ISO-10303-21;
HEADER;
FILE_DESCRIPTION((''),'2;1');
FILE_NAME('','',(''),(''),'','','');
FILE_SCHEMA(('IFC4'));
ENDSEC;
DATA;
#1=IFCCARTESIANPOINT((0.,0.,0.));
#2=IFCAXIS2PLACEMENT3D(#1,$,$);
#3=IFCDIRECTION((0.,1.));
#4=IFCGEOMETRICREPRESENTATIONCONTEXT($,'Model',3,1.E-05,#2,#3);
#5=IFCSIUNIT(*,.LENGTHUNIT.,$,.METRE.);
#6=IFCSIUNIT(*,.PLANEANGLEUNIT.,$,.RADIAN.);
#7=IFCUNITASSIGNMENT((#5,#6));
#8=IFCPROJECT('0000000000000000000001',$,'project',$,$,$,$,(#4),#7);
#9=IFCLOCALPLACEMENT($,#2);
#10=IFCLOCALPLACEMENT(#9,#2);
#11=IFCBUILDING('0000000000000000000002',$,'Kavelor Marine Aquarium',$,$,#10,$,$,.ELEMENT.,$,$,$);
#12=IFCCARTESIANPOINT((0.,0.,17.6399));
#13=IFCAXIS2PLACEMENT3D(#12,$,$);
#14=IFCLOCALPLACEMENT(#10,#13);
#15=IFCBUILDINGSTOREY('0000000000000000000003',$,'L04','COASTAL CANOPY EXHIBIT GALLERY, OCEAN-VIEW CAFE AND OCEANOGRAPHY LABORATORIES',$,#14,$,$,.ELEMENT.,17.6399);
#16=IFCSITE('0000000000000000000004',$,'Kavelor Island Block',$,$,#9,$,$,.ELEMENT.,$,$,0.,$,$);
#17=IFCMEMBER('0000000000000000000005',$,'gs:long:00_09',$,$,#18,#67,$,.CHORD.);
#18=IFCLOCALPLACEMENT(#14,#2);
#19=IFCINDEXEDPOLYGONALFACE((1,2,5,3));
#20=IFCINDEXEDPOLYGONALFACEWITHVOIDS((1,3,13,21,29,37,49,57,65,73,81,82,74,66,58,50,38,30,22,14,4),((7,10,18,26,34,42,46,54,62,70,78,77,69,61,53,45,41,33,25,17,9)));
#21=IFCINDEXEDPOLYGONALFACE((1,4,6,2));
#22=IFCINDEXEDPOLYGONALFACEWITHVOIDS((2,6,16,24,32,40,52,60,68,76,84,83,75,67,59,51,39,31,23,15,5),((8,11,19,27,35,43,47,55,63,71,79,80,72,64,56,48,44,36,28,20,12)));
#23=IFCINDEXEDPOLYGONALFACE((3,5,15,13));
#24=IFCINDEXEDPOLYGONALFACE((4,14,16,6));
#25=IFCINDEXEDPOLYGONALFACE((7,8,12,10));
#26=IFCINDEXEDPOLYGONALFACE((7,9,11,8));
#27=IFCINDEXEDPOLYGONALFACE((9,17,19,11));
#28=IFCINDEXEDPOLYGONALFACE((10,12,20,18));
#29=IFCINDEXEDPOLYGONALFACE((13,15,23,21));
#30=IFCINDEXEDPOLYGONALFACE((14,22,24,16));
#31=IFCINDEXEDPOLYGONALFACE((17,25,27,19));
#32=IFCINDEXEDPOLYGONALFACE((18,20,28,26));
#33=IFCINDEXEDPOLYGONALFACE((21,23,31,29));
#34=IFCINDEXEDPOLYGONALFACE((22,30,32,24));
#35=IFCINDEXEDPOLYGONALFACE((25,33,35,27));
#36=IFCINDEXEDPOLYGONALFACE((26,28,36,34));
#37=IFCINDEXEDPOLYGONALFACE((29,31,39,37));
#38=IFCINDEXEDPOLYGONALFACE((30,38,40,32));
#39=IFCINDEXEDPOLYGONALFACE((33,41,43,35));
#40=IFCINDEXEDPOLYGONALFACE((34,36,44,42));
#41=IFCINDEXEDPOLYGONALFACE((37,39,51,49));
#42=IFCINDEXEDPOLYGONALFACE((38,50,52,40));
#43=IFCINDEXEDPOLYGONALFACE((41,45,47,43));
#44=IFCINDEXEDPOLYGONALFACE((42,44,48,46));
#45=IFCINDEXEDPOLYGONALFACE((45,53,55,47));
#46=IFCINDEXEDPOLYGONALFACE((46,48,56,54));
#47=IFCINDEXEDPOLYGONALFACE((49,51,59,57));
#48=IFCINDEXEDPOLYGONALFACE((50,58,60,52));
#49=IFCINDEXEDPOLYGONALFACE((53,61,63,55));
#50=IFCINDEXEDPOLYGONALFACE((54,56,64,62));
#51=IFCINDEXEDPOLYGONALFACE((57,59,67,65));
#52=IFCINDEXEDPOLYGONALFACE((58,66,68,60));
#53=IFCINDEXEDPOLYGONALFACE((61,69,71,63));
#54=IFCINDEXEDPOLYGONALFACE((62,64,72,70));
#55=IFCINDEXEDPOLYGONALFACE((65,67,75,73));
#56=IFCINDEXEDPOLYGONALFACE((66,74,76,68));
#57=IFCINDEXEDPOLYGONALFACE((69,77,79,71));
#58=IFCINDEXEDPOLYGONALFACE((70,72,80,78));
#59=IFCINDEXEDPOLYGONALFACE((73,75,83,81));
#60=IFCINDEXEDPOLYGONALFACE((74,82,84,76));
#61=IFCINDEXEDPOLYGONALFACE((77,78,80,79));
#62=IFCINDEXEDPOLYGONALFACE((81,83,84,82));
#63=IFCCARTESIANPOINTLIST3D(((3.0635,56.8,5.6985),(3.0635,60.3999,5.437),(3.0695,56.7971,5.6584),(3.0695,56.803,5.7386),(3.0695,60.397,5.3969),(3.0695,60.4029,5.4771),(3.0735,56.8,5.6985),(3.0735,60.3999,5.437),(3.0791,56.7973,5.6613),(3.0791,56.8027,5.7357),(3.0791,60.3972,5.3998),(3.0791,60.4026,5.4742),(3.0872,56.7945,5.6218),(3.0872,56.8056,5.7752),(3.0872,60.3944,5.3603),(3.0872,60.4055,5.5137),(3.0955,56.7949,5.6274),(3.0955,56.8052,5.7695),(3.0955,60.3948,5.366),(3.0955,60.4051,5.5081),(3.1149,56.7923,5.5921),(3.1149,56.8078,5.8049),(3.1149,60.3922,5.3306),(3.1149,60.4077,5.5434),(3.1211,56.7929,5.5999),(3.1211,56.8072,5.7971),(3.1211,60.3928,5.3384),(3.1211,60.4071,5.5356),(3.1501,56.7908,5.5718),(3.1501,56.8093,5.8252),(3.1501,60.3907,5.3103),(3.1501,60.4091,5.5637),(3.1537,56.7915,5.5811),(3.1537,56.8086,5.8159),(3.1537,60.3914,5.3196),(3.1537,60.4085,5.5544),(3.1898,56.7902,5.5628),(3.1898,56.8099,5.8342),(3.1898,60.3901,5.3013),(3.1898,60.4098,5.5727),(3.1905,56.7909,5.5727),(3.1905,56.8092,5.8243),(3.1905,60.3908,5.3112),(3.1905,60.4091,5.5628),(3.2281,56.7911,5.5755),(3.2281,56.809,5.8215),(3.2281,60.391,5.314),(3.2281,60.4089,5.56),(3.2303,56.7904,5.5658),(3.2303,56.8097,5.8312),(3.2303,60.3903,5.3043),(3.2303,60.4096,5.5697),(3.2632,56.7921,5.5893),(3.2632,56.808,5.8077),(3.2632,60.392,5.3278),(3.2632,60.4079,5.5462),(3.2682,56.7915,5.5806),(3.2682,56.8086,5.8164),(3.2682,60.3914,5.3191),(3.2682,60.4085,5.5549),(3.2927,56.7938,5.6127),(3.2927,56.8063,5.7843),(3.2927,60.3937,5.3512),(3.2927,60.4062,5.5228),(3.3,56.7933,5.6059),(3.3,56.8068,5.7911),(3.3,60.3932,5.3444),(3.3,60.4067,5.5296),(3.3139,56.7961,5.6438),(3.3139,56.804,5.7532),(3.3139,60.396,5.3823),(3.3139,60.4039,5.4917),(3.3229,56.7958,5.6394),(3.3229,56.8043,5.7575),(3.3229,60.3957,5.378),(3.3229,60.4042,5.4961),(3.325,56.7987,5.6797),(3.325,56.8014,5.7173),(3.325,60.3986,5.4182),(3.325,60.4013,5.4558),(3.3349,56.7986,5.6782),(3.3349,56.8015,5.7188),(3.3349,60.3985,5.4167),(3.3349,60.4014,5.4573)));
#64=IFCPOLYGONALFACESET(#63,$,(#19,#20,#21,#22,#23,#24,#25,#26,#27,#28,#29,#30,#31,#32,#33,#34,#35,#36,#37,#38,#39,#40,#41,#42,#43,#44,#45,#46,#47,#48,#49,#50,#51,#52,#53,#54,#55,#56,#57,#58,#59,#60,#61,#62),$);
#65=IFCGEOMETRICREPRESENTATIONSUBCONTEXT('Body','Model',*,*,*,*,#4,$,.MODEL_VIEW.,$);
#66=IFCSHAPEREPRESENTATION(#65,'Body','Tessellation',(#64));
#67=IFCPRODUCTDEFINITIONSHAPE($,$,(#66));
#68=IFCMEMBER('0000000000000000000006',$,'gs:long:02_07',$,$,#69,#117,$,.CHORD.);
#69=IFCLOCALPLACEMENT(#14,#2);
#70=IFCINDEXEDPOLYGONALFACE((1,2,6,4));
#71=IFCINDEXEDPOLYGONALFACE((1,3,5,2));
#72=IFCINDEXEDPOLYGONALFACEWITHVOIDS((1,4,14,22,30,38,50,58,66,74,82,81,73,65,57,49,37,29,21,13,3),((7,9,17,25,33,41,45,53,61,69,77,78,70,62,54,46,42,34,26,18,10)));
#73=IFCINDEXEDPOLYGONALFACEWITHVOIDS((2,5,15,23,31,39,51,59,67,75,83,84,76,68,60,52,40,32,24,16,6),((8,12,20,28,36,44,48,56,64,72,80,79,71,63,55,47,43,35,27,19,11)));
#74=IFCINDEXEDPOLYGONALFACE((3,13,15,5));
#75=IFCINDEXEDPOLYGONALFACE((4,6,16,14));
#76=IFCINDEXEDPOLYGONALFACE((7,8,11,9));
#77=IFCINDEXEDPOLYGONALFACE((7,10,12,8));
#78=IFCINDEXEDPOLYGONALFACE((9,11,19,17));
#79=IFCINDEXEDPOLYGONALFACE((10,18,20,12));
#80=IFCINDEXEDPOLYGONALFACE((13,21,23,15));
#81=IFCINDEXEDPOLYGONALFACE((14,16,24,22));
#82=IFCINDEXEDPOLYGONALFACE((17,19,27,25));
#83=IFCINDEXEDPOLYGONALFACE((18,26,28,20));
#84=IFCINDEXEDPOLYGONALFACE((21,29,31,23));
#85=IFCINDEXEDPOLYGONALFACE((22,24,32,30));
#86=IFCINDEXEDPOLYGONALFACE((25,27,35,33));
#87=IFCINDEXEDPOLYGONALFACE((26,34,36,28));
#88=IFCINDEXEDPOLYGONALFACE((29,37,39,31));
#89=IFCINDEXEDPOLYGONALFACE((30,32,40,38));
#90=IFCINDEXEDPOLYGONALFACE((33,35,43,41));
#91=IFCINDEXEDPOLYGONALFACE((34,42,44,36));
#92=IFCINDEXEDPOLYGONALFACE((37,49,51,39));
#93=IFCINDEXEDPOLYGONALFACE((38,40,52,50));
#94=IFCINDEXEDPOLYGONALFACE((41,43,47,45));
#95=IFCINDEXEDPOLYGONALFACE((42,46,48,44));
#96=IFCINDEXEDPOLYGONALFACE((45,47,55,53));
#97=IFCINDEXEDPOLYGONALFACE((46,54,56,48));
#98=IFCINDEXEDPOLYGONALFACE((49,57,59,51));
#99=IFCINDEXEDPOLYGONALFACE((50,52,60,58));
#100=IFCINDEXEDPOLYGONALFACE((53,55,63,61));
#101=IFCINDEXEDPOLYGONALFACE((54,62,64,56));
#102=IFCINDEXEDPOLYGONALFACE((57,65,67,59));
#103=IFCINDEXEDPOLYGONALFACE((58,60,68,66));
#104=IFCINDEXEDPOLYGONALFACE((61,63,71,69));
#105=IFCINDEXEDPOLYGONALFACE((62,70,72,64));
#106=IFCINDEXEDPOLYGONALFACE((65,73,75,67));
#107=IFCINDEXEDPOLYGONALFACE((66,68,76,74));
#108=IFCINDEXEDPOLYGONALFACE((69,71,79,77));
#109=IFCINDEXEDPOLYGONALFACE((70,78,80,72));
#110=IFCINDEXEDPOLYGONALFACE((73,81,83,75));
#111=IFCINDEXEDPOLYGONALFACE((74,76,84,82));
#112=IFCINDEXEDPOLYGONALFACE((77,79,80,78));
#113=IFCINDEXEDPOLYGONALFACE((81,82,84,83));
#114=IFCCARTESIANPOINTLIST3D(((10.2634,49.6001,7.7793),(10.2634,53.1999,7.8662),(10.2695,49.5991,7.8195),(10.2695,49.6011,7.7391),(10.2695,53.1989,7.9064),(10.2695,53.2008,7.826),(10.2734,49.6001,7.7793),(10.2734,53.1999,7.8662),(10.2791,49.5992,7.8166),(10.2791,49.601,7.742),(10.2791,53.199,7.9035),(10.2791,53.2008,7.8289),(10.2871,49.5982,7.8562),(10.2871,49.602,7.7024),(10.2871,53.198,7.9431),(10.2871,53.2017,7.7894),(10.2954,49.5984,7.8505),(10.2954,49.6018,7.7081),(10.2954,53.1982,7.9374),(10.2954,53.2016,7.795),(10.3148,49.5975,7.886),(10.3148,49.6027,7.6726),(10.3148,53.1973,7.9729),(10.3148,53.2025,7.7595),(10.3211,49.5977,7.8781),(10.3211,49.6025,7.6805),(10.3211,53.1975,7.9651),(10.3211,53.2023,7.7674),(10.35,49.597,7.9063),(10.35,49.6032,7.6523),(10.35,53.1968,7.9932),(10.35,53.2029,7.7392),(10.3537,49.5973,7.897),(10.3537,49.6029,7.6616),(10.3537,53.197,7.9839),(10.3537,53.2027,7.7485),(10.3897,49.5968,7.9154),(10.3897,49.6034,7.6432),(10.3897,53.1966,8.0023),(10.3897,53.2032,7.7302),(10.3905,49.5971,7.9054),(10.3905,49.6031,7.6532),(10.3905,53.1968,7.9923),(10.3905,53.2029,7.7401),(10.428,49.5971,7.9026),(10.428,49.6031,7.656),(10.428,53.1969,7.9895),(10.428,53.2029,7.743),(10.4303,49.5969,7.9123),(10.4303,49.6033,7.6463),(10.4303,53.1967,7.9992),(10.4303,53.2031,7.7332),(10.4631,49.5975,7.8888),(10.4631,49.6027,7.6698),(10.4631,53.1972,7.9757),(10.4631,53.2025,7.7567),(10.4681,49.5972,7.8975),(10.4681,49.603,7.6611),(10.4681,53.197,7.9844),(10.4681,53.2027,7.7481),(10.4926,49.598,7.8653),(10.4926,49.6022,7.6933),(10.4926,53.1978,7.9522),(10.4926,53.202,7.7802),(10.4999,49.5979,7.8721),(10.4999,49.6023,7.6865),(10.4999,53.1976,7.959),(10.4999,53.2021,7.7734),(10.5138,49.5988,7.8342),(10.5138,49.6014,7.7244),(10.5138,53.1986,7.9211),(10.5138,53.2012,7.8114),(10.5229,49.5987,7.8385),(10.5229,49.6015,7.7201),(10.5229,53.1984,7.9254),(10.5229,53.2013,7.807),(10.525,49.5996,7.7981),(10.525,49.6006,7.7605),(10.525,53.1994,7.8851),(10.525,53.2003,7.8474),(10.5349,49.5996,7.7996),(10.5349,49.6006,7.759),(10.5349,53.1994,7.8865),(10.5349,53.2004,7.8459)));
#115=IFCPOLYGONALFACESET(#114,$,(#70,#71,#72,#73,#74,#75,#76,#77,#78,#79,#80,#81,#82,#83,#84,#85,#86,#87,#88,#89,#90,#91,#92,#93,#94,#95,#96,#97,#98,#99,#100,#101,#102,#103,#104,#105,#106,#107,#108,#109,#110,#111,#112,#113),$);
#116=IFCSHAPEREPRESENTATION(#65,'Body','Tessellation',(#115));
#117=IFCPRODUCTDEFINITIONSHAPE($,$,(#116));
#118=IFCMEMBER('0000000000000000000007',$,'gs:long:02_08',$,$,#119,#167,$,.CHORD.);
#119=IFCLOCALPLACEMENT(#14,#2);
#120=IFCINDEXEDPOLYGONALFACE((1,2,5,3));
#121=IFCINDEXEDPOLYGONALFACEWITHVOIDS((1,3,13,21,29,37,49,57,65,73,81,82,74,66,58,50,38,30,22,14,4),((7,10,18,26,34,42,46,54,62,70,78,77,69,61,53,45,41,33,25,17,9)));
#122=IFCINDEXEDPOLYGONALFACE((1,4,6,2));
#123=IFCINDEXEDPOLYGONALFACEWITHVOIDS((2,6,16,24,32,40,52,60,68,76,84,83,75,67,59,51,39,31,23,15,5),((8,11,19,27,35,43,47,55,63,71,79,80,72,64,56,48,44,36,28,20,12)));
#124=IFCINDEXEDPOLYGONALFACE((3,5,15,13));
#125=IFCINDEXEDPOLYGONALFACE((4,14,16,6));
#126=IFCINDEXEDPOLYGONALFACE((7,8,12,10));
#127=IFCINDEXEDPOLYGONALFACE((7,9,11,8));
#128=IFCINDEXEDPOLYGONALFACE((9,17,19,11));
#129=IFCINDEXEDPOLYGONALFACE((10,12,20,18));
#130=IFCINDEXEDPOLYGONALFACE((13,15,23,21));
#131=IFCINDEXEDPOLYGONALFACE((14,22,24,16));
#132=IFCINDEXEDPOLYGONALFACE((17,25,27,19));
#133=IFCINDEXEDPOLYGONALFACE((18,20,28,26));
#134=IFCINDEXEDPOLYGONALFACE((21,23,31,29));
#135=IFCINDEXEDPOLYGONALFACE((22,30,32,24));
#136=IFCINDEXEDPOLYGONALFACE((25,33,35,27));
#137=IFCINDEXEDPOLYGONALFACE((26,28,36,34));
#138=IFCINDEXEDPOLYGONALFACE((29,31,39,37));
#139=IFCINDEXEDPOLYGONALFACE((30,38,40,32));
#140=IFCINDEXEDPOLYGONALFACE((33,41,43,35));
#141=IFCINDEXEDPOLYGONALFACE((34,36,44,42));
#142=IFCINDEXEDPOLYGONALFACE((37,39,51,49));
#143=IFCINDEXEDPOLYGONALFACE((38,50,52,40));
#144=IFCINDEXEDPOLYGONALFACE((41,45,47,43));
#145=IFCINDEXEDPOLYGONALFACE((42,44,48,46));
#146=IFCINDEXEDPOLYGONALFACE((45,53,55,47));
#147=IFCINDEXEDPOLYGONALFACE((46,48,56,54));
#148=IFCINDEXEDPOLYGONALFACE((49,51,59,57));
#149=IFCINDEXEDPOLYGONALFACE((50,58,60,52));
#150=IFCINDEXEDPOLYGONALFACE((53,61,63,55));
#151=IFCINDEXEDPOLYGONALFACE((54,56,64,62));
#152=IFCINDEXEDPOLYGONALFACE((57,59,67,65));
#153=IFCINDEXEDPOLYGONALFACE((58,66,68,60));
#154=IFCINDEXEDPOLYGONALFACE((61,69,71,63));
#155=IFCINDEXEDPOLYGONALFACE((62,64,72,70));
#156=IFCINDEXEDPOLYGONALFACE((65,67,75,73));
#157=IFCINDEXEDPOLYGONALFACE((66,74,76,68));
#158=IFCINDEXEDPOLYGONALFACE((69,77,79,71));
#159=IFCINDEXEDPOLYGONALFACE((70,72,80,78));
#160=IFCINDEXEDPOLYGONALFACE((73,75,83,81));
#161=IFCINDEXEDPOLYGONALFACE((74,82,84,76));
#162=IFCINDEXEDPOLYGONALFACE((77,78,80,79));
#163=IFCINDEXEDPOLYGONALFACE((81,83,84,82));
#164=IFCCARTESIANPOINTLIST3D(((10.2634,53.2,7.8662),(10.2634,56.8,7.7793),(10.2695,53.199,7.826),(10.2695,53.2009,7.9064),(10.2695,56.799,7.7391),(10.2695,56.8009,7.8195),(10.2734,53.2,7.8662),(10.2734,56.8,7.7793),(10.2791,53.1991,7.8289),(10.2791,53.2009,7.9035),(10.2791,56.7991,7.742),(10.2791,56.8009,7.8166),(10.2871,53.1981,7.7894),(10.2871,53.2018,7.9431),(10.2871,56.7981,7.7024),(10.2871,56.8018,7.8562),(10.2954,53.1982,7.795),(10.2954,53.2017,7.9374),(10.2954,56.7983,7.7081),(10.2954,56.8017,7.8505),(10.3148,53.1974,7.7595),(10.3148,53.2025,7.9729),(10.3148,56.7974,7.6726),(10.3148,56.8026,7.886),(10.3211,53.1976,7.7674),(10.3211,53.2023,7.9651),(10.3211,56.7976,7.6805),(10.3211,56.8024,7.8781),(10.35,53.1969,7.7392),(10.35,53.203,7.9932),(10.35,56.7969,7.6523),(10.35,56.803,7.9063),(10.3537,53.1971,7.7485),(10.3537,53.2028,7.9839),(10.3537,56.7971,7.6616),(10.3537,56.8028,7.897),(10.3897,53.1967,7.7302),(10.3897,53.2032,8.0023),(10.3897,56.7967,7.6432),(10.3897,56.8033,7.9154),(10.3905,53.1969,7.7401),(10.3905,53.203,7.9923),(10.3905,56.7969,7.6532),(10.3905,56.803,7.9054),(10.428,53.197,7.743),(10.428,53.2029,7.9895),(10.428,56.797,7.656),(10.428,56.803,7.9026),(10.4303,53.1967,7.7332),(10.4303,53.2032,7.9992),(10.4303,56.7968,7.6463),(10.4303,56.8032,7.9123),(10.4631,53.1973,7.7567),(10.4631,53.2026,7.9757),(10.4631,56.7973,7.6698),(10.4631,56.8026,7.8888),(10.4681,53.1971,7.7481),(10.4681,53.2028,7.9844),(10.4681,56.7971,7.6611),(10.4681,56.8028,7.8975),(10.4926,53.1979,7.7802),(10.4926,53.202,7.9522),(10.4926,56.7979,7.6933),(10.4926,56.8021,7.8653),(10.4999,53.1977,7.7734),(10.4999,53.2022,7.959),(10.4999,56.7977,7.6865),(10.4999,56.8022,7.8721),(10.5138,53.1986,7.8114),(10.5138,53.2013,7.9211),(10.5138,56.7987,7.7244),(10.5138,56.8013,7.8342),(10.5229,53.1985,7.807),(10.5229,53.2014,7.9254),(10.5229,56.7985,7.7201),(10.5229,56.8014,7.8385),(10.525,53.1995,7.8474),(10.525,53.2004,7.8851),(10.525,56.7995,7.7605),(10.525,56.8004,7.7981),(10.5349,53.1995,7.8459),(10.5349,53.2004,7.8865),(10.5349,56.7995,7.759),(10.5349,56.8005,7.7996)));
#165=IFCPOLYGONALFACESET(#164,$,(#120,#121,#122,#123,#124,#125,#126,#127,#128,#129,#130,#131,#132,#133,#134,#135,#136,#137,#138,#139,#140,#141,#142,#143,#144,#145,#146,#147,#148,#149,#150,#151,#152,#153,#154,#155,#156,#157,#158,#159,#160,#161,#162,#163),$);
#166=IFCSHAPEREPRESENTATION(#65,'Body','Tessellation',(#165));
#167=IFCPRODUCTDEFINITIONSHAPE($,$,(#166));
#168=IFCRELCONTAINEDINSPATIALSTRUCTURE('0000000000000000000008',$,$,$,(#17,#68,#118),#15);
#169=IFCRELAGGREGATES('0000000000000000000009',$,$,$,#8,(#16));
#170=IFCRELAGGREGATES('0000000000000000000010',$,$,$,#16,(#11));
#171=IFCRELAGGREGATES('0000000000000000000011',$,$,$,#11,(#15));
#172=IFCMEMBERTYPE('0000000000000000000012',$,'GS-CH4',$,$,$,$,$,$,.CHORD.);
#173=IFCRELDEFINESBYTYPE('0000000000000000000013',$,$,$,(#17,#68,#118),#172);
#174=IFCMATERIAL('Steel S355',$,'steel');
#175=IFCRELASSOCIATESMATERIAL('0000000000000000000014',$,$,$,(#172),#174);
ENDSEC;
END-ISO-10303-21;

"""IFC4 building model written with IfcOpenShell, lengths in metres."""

from ifc_helpers import new_model, si_unit, direction, frame, origin, origin_2d, place, context, subcontext, project, spatial, hollow_circle, extrude, material, material_profile, profile_set, type_object, element, save


model = new_model("IFC4")

# Units and contexts
model_context = context("Model", 3, precision=1e-05, world=origin(), true_north=direction((0.0, 1.0)))
body_context = subcontext(model_context, "Body", "Model", "MODEL_VIEW")
ifc_project = project(units=[si_unit("LENGTHUNIT", "METRE"), si_unit("PLANEANGLEUNIT", "RADIAN")], contexts=[model_context])

# Site, building, storey
site_placement = place(None, origin())
site = spatial("IfcSite", under=ifc_project, at=site_placement, Name="Kavelor Island Block", CompositionType="ELEMENT", RefElevation=0.0)
building_placement = place(site_placement, origin())
building = spatial("IfcBuilding", under=site, at=building_placement, Name="Kavelor Marine Aquarium", CompositionType="ELEMENT")
storey_placement = place(building_placement, frame((0.0, 0.0, 17.6399)))
storey = spatial("IfcBuildingStorey", under=building, at=storey_placement, Name="L04", Description="COASTAL CANOPY EXHIBIT GALLERY, OCEAN-VIEW CAFE AND OCEANOGRAPHY LABORATORIES", CompositionType="ELEMENT", Elevation=17.6399)

# Members
ifc_material_1 = material(Name="Steel S355", Category="steel")
ifc_material_profile_1 = material_profile(ifc_material_1, hollow_circle(Radius=0.1365, WallThickness=0.01, at=origin_2d()), Name="CHS 273.0x10.0")
ifc_profile_set_1 = profile_set([ifc_material_profile_1], Name="Steel S355")
member_type_1 = type_object("IfcMemberType", Name="GS-CH4", PredefinedType="CHORD", material=ifc_profile_set_1)
member_1_placement = place(storey_placement, frame((3.2, 56.8, 5.6985), z_axis=(0.0, 0.997372, -0.072444), x_axis=(-1.0, 0.0, 0.0)))
element("IfcMember", 1, at=member_1_placement, inside=storey, type_object=member_type_1, Name="gs:long:00_09", PredefinedType="CHORD", context=body_context, shape_type="SweptSolid", body=[
    extrude(hollow_circle(Radius=0.1365, WallThickness=0.01, at=origin_2d()), origin(), (0.0, 0.0, 1.0), 3.6094),
])
member_2_placement = place(storey_placement, frame((10.3999, 49.6001, 7.7793), z_axis=(0.0, 0.999709, 0.024137), x_axis=(-1.0, 0.0, 0.0)))
element("IfcMember", 2, at=member_2_placement, inside=storey, type_object=member_type_1, Name="gs:long:02_07", PredefinedType="CHORD", context=body_context, shape_type="SweptSolid", body=[
    extrude(hollow_circle(Radius=0.1365, WallThickness=0.01, at=origin_2d()), origin(), (0.0, 0.0, 1.0), 3.6008),
])
member_3_placement = place(storey_placement, frame((10.3999, 53.2, 7.8662), z_axis=(0.0, 0.999709, -0.024135), x_axis=(-1.0, 0.0, 0.0)))
element("IfcMember", 3, at=member_3_placement, inside=storey, type_object=member_type_1, Name="gs:long:02_08", PredefinedType="CHORD", context=body_context, shape_type="SweptSolid", body=[
    extrude(hollow_circle(Radius=0.1365, WallThickness=0.01, at=origin_2d()), origin(), (0.0, 0.0, 1.0), 3.6011),
])

save(model, "model.ifc")
